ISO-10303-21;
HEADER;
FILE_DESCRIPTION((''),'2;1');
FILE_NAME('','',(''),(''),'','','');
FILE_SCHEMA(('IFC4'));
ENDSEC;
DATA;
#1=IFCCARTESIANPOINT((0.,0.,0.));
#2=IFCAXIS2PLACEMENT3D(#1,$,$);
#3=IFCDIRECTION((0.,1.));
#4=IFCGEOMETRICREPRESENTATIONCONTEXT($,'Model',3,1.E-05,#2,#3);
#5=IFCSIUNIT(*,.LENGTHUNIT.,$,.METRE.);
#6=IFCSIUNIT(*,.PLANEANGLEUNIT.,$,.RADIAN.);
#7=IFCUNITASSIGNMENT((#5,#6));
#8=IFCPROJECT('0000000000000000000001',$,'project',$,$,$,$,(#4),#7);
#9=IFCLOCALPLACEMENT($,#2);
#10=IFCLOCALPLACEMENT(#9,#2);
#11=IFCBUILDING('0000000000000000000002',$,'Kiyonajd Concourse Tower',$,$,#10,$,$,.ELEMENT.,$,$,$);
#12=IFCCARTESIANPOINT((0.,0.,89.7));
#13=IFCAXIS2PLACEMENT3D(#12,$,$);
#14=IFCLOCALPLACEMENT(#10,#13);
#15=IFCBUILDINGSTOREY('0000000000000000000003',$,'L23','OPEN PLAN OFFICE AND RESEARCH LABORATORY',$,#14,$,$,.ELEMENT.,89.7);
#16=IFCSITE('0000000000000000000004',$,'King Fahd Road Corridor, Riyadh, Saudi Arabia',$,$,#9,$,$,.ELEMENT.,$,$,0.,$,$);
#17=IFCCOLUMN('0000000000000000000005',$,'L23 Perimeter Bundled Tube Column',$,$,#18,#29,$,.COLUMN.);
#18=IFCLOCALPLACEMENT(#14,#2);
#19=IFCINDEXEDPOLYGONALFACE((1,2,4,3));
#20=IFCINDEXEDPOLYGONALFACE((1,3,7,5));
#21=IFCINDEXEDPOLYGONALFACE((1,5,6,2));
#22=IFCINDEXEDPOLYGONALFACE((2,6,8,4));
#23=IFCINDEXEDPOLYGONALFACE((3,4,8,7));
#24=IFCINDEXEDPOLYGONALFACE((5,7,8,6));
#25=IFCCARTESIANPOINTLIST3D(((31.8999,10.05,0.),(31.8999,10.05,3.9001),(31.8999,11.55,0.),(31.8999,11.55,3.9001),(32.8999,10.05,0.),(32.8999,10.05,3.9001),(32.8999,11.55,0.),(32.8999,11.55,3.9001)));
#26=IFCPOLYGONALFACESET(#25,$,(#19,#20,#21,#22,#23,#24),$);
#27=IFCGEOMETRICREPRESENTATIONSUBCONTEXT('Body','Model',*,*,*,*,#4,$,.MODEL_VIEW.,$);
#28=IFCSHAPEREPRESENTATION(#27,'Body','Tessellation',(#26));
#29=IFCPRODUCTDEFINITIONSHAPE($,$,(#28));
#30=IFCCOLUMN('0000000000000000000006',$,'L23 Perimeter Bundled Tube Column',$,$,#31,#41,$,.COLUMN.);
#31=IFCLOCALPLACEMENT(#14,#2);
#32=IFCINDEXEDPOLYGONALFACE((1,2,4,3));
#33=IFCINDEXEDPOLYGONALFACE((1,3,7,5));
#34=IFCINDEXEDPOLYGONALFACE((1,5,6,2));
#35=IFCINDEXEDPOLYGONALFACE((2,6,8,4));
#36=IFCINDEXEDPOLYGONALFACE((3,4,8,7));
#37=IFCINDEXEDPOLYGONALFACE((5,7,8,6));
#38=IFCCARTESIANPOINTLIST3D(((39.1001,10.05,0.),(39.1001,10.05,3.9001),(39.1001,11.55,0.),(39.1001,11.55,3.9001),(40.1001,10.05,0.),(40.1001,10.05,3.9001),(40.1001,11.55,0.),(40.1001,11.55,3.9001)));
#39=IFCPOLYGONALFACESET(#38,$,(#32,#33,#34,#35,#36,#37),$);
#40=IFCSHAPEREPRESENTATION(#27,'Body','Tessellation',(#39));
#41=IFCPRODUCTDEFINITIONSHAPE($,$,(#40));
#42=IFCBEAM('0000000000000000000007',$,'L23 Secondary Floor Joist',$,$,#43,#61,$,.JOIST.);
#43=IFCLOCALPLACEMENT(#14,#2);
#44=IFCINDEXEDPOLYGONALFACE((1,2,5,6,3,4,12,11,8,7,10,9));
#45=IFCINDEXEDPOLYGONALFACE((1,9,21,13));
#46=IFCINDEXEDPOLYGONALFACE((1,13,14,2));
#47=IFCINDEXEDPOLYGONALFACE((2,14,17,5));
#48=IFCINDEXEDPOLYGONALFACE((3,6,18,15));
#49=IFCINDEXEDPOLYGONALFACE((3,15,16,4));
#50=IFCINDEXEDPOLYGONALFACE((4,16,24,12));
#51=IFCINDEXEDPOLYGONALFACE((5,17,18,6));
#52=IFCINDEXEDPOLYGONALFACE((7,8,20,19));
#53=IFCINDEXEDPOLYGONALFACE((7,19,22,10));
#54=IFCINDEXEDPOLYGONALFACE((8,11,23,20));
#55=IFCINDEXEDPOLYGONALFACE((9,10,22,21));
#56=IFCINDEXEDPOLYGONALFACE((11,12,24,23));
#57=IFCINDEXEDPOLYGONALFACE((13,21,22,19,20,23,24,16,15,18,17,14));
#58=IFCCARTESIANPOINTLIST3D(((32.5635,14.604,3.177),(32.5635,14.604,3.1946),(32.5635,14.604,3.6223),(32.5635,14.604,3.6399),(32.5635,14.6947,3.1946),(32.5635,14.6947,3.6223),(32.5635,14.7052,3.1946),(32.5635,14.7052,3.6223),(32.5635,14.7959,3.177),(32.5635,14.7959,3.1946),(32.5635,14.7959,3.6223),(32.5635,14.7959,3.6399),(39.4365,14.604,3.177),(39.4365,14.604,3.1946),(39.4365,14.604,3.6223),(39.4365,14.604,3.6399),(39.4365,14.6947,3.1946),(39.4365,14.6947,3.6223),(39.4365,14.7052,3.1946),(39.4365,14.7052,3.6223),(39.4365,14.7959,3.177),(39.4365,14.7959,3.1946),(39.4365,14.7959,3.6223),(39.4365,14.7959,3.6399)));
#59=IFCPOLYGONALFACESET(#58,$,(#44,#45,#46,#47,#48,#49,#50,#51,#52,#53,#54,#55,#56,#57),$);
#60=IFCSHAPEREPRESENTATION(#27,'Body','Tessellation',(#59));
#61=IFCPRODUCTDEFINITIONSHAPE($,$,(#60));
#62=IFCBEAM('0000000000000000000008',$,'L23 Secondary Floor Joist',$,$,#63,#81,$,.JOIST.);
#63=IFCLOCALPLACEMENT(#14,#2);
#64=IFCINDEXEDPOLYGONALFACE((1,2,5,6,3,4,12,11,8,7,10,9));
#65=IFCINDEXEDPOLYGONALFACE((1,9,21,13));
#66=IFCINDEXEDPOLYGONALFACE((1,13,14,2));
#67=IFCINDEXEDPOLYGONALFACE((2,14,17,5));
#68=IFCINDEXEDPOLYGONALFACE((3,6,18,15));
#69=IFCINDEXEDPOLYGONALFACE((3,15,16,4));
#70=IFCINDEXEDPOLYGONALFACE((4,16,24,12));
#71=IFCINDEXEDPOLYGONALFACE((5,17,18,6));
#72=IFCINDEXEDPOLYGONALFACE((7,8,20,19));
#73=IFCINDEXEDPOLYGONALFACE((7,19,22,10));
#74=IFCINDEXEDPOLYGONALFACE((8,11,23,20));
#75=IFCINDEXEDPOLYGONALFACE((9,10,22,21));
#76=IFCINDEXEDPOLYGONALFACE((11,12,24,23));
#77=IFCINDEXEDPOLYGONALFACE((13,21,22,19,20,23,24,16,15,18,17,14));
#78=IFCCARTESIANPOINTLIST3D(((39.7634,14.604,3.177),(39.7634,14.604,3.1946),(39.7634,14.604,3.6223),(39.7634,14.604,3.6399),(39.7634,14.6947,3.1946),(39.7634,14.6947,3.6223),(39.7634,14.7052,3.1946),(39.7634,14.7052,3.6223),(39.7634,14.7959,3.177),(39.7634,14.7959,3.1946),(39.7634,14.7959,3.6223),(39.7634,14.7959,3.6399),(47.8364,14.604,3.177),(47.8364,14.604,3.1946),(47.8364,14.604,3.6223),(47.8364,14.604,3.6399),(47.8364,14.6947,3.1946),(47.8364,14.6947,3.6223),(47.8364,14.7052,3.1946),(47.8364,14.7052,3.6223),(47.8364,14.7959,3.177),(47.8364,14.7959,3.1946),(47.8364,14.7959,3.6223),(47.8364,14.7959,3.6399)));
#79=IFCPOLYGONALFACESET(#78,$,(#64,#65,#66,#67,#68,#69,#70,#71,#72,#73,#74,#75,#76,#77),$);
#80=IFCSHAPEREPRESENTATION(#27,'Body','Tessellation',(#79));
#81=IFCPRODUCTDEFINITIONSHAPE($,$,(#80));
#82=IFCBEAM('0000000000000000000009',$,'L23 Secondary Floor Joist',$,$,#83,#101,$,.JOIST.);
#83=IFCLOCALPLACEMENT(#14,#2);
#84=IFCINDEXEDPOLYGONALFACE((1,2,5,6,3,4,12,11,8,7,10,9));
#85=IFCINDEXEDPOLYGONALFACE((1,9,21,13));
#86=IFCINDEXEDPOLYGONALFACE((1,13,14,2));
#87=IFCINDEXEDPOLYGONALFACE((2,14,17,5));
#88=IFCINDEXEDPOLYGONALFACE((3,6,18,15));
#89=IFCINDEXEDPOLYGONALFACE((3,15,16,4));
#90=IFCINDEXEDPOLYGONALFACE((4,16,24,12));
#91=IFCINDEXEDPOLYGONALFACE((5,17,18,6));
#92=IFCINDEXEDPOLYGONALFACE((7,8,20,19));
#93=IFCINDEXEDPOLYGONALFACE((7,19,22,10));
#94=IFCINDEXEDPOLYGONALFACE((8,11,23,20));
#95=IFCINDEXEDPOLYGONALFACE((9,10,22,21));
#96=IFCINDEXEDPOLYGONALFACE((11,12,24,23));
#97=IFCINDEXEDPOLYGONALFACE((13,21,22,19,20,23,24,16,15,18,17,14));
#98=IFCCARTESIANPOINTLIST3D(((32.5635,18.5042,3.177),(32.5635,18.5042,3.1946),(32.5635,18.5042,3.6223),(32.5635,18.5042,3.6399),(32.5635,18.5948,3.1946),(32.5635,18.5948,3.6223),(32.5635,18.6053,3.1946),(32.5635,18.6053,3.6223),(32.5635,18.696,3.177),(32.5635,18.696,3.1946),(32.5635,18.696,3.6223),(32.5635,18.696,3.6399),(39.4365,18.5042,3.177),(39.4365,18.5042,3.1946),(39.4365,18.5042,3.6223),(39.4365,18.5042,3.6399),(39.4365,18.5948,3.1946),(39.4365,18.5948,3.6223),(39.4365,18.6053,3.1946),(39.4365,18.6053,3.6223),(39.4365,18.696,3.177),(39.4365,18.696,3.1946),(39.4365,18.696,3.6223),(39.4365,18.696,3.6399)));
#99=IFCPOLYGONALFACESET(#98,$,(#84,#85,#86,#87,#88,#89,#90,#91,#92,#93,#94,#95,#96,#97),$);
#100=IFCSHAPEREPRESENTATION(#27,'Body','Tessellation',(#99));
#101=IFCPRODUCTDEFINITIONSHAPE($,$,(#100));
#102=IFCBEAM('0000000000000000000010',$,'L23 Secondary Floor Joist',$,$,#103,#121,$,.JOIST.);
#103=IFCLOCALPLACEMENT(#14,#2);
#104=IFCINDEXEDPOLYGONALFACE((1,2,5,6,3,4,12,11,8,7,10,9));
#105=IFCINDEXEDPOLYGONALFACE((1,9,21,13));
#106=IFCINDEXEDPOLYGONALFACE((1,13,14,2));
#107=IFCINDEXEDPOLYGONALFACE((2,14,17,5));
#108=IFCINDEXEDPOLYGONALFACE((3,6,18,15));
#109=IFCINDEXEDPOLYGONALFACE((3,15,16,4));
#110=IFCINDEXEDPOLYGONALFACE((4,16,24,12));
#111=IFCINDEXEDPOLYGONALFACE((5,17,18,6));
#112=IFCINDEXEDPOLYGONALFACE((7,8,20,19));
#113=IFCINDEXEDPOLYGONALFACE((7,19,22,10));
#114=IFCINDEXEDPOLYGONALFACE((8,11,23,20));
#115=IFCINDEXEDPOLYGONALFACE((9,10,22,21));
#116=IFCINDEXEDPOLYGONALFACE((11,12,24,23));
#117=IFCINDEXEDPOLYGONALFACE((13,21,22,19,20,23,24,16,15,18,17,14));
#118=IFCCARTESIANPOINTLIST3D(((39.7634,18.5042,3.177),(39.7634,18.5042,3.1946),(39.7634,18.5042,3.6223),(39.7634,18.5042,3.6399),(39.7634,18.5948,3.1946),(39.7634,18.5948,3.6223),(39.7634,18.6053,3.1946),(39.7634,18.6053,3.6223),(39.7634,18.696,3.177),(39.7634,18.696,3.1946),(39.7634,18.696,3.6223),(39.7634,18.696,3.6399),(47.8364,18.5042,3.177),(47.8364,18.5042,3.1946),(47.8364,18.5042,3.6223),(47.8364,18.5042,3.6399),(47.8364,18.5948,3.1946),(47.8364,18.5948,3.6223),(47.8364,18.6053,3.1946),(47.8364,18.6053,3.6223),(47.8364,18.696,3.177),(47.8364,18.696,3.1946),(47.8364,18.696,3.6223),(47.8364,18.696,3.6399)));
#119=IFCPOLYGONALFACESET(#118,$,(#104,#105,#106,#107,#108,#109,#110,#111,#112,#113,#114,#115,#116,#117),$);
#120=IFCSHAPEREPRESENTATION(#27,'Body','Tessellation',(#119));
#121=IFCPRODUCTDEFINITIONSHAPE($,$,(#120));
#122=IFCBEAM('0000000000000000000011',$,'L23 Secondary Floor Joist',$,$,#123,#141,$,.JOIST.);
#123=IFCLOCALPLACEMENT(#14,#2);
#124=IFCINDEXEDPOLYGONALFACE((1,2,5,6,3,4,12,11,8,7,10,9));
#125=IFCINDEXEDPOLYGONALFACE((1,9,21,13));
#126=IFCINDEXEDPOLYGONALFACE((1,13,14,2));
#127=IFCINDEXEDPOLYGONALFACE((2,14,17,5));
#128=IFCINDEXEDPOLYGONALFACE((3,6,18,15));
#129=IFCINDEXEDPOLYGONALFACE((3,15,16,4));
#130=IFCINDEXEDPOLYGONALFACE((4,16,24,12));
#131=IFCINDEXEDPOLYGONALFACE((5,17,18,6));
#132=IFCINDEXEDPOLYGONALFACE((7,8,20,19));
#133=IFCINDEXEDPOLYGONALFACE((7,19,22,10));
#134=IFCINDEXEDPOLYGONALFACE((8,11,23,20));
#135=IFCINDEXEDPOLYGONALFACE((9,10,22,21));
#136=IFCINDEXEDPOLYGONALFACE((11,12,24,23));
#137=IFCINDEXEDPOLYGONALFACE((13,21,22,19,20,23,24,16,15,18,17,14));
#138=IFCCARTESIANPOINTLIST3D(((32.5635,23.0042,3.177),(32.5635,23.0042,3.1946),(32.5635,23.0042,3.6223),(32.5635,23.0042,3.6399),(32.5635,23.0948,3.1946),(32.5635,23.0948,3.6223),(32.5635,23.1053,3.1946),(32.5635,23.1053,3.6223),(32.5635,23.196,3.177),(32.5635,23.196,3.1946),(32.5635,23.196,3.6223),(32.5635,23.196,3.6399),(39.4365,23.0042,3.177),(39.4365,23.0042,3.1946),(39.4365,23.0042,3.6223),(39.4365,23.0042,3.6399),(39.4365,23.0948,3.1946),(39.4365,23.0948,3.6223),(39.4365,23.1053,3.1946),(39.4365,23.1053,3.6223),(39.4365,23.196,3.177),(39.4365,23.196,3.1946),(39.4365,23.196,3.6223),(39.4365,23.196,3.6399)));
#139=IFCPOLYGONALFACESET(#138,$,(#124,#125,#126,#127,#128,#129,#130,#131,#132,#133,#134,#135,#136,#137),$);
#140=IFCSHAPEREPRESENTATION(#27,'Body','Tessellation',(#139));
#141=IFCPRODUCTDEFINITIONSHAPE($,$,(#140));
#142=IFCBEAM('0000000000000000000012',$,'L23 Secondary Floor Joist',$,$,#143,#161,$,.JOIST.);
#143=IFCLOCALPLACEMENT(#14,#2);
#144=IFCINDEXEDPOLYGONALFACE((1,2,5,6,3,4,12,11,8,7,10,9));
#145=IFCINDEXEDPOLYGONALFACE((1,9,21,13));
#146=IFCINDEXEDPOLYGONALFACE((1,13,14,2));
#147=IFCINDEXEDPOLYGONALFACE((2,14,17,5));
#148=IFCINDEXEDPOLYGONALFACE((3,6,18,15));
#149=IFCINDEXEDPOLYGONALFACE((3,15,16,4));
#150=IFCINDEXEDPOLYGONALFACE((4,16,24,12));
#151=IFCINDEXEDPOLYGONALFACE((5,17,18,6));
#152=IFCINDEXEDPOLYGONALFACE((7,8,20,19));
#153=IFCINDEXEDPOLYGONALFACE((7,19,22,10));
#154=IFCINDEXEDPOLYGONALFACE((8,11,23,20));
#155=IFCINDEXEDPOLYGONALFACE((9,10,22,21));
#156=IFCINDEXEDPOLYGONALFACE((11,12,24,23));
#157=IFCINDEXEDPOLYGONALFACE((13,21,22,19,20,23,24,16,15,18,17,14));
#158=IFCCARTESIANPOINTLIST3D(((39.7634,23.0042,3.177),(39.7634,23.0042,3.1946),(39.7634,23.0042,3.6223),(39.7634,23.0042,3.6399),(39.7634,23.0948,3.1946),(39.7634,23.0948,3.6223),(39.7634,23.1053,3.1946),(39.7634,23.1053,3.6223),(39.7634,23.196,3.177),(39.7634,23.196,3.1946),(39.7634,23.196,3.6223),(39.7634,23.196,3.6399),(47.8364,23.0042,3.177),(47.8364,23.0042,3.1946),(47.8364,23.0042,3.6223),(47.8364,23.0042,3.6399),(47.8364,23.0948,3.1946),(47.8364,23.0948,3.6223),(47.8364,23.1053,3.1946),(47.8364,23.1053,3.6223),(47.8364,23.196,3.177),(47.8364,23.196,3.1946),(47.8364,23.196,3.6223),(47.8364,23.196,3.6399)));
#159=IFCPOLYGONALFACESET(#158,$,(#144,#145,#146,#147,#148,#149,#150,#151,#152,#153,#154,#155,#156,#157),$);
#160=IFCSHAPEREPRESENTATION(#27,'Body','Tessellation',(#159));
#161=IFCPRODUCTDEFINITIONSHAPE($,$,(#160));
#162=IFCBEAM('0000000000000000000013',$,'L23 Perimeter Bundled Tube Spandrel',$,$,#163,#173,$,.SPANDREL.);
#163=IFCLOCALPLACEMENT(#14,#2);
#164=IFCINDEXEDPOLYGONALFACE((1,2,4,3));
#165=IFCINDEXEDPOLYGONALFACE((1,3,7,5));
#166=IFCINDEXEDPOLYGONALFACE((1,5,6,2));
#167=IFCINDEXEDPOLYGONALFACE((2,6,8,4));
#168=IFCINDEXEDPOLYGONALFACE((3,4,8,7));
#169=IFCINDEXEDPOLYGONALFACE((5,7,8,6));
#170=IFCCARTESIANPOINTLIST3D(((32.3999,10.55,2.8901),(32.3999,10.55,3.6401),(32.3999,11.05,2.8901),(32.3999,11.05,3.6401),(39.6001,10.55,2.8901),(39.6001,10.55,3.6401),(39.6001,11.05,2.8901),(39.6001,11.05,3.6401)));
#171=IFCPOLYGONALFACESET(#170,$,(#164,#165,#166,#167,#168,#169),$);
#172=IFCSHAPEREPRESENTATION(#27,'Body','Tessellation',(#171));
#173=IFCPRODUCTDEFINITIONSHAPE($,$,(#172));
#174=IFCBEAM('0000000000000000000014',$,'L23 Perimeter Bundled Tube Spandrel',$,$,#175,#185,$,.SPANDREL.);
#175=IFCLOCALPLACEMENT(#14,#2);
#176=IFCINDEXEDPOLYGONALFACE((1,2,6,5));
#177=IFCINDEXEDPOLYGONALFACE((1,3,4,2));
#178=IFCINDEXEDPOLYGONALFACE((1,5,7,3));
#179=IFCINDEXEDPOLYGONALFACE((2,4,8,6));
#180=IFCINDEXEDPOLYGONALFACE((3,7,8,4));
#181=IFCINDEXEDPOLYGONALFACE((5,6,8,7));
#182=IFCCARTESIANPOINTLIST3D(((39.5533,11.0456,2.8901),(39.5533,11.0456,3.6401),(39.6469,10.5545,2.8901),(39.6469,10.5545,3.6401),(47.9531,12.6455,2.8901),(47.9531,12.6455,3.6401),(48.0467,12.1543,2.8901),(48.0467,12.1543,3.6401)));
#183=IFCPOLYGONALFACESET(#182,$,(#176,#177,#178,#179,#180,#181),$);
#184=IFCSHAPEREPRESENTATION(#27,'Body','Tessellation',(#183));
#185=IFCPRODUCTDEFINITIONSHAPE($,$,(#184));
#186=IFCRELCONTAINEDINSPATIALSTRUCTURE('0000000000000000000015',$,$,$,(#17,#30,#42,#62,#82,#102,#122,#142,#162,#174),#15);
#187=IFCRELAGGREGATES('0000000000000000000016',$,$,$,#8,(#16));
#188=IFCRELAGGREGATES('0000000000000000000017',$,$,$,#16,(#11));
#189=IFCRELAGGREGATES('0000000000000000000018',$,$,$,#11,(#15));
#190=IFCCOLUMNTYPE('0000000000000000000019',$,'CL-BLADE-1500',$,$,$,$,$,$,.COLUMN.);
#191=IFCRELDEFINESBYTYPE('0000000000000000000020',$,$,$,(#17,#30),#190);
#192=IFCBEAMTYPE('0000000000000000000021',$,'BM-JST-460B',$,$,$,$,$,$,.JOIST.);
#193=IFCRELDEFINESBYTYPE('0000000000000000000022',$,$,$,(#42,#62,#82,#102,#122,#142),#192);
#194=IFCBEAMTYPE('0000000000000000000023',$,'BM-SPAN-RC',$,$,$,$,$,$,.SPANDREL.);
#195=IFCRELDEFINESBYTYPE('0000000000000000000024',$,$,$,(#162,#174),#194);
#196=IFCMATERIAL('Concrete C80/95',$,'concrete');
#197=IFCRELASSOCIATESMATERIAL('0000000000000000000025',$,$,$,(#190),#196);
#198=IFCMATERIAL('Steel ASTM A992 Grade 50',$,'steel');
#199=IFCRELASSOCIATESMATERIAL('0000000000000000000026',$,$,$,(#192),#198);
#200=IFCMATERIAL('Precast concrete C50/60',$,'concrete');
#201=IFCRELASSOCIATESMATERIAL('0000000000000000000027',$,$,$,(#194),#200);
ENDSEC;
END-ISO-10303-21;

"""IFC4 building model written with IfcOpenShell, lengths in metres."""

from ifc_helpers import new_model, si_unit, direction, frame, origin, origin_2d, place, context, subcontext, project, spatial, rectangle, i_section, extrude, material, material_profile, profile_set, type_object, element, save


model = new_model("IFC4")

# Units and contexts
model_context = context("Model", 3, precision=1e-05, world=origin(), true_north=direction((0.0, 1.0)))
body_context = subcontext(model_context, "Body", "Model", "MODEL_VIEW")
ifc_project = project(units=[si_unit("LENGTHUNIT", "METRE"), si_unit("PLANEANGLEUNIT", "RADIAN")], contexts=[model_context])

# Site, building, storey
site_placement = place(None, origin())
site = spatial("IfcSite", under=ifc_project, at=site_placement, Name="King Fahd Road Corridor, Riyadh, Saudi Arabia", CompositionType="ELEMENT", RefElevation=0.0)
building_placement = place(site_placement, origin())
building = spatial("IfcBuilding", under=site, at=building_placement, Name="Kiyonajd Concourse Tower", CompositionType="ELEMENT")
storey_placement = place(building_placement, frame((0.0, 0.0, 89.7)))
storey = spatial("IfcBuildingStorey", under=building, at=storey_placement, Name="L23", Description="OPEN PLAN OFFICE AND RESEARCH LABORATORY", CompositionType="ELEMENT", Elevation=89.7)

# Columns
ifc_material_1 = material(Name="Concrete C80/95", Category="concrete")
ifc_material_profile_1 = material_profile(ifc_material_1, rectangle(XDim=1.0, YDim=1.5, at=origin_2d()), Name="RC-1500x1000")
ifc_profile_set_1 = profile_set([ifc_material_profile_1], Name="Concrete C80/95")
column_type = type_object("IfcColumnType", Name="CL-BLADE-1500", PredefinedType="COLUMN", material=ifc_profile_set_1)
for number, where, z_axis, x_axis, name in (
    (1, (32.3999, 10.8, 0.0), (0.0, 0.0, 1.0), (1.0, 0.0, 0.0), "L23 Perimeter Bundled Tube Column"),
    (2, (39.6001, 10.8, 0.0), (0.0, 0.0, 1.0), (1.0, 0.0, 0.0), "L23 Perimeter Bundled Tube Column"),
):
    element("IfcColumn", number, at=place(storey_placement, frame(where, z_axis=z_axis, x_axis=x_axis)), inside=storey, type_object=column_type, Name=name, PredefinedType="COLUMN", context=body_context, shape_type="SweptSolid", body=[
        extrude(rectangle(XDim=1.0, YDim=1.5, at=origin_2d()), origin(), (0.0, 0.0, 1.0), 3.9001),
    ])

# Beams
ifc_material_2 = material(Name="Steel ASTM A992 Grade 50", Category="steel")
ifc_material_profile_2 = material_profile(ifc_material_2, i_section(OverallWidth=0.1919, OverallDepth=0.4629, WebThickness=0.0105, FlangeThickness=0.0176, at=origin_2d()), Name="W460X89")
ifc_profile_set_2 = profile_set([ifc_material_profile_2], Name="Steel ASTM A992 Grade 50")
beam_type_1 = type_object("IfcBeamType", Name="BM-JST-460B", PredefinedType="JOIST", material=ifc_profile_set_2)
beam_1_placement = place(storey_placement, frame((32.5635, 14.7, 3.4084), z_axis=(1.0, 0.0, 0.0), x_axis=(0.0, 1.0, 0.0)))
element("IfcBeam", 3, at=beam_1_placement, inside=storey, type_object=beam_type_1, Name="L23 Secondary Floor Joist", PredefinedType="JOIST", context=body_context, shape_type="SweptSolid", body=[
    extrude(i_section(OverallWidth=0.1919, OverallDepth=0.4629, WebThickness=0.0105, FlangeThickness=0.0176, at=origin_2d()), origin(), (0.0, 0.0, 1.0), 6.873),
])
beam_2_placement = place(storey_placement, frame((39.7634, 14.7, 3.4084), z_axis=(1.0, 0.0, 0.0), x_axis=(0.0, 1.0, 0.0)))
element("IfcBeam", 4, at=beam_2_placement, inside=storey, type_object=beam_type_1, Name="L23 Secondary Floor Joist", PredefinedType="JOIST", context=body_context, shape_type="SweptSolid", body=[
    extrude(i_section(OverallWidth=0.1919, OverallDepth=0.4629, WebThickness=0.0105, FlangeThickness=0.0176, at=origin_2d()), origin(), (0.0, 0.0, 1.0), 8.073),
])
beam_3_placement = place(storey_placement, frame((32.5635, 18.6001, 3.4084), z_axis=(1.0, 0.0, 0.0), x_axis=(0.0, 1.0, 0.0)))
element("IfcBeam", 5, at=beam_3_placement, inside=storey, type_object=beam_type_1, Name="L23 Secondary Floor Joist", PredefinedType="JOIST", context=body_context, shape_type="SweptSolid", body=[
    extrude(i_section(OverallWidth=0.1919, OverallDepth=0.4629, WebThickness=0.0105, FlangeThickness=0.0176, at=origin_2d()), origin(), (0.0, 0.0, 1.0), 6.873),
])
beam_4_placement = place(storey_placement, frame((39.7634, 18.6001, 3.4084), z_axis=(1.0, 0.0, 0.0), x_axis=(0.0, 1.0, 0.0)))
element("IfcBeam", 6, at=beam_4_placement, inside=storey, type_object=beam_type_1, Name="L23 Secondary Floor Joist", PredefinedType="JOIST", context=body_context, shape_type="SweptSolid", body=[
    extrude(i_section(OverallWidth=0.1919, OverallDepth=0.4629, WebThickness=0.0105, FlangeThickness=0.0176, at=origin_2d()), origin(), (0.0, 0.0, 1.0), 8.073),
])
beam_5_placement = place(storey_placement, frame((32.5635, 23.1001, 3.4084), z_axis=(1.0, 0.0, 0.0), x_axis=(0.0, 1.0, 0.0)))
element("IfcBeam", 7, at=beam_5_placement, inside=storey, type_object=beam_type_1, Name="L23 Secondary Floor Joist", PredefinedType="JOIST", context=body_context, shape_type="SweptSolid", body=[
    extrude(i_section(OverallWidth=0.1919, OverallDepth=0.4629, WebThickness=0.0105, FlangeThickness=0.0176, at=origin_2d()), origin(), (0.0, 0.0, 1.0), 6.873),
])
beam_6_placement = place(storey_placement, frame((39.7634, 23.1001, 3.4084), z_axis=(1.0, 0.0, 0.0), x_axis=(0.0, 1.0, 0.0)))
element("IfcBeam", 8, at=beam_6_placement, inside=storey, type_object=beam_type_1, Name="L23 Secondary Floor Joist", PredefinedType="JOIST", context=body_context, shape_type="SweptSolid", body=[
    extrude(i_section(OverallWidth=0.1919, OverallDepth=0.4629, WebThickness=0.0105, FlangeThickness=0.0176, at=origin_2d()), origin(), (0.0, 0.0, 1.0), 8.073),
])
ifc_material_3 = material(Name="Precast concrete C50/60", Category="concrete")
ifc_material_profile_3 = material_profile(ifc_material_3, rectangle(XDim=0.5, YDim=0.75, at=origin_2d()), Name="RCBM-500x750")
ifc_profile_set_3 = profile_set([ifc_material_profile_3], Name="Precast concrete C50/60")
beam_type_2 = type_object("IfcBeamType", Name="BM-SPAN-RC", PredefinedType="SPANDREL", material=ifc_profile_set_3)
beam_7_placement = place(storey_placement, frame((32.3999, 10.8, 3.2651), z_axis=(1.0, 0.0, 0.0), x_axis=(0.0, 1.0, 0.0)))
element("IfcBeam", 9, at=beam_7_placement, inside=storey, type_object=beam_type_2, Name="L23 Perimeter Bundled Tube Spandrel", PredefinedType="SPANDREL", context=body_context, shape_type="SweptSolid", body=[
    extrude(rectangle(XDim=0.5, YDim=0.75, at=origin_2d()), origin(), (0.0, 0.0, 1.0), 7.2002),
])
beam_8_placement = place(storey_placement, frame((39.6001, 10.8, 3.2651), z_axis=(0.982341, 0.187098, 0.0), x_axis=(-0.187098, 0.982341, 0.0)))
element("IfcBeam", 10, at=beam_8_placement, inside=storey, type_object=beam_type_2, Name="L23 Perimeter Bundled Tube Spandrel", PredefinedType="SPANDREL", context=body_context, shape_type="SweptSolid", body=[
    extrude(rectangle(XDim=0.5, YDim=0.75, at=origin_2d()), origin(), (0.0, 0.0, 1.0), 8.5508),
])

save(model, "model.ifc")
